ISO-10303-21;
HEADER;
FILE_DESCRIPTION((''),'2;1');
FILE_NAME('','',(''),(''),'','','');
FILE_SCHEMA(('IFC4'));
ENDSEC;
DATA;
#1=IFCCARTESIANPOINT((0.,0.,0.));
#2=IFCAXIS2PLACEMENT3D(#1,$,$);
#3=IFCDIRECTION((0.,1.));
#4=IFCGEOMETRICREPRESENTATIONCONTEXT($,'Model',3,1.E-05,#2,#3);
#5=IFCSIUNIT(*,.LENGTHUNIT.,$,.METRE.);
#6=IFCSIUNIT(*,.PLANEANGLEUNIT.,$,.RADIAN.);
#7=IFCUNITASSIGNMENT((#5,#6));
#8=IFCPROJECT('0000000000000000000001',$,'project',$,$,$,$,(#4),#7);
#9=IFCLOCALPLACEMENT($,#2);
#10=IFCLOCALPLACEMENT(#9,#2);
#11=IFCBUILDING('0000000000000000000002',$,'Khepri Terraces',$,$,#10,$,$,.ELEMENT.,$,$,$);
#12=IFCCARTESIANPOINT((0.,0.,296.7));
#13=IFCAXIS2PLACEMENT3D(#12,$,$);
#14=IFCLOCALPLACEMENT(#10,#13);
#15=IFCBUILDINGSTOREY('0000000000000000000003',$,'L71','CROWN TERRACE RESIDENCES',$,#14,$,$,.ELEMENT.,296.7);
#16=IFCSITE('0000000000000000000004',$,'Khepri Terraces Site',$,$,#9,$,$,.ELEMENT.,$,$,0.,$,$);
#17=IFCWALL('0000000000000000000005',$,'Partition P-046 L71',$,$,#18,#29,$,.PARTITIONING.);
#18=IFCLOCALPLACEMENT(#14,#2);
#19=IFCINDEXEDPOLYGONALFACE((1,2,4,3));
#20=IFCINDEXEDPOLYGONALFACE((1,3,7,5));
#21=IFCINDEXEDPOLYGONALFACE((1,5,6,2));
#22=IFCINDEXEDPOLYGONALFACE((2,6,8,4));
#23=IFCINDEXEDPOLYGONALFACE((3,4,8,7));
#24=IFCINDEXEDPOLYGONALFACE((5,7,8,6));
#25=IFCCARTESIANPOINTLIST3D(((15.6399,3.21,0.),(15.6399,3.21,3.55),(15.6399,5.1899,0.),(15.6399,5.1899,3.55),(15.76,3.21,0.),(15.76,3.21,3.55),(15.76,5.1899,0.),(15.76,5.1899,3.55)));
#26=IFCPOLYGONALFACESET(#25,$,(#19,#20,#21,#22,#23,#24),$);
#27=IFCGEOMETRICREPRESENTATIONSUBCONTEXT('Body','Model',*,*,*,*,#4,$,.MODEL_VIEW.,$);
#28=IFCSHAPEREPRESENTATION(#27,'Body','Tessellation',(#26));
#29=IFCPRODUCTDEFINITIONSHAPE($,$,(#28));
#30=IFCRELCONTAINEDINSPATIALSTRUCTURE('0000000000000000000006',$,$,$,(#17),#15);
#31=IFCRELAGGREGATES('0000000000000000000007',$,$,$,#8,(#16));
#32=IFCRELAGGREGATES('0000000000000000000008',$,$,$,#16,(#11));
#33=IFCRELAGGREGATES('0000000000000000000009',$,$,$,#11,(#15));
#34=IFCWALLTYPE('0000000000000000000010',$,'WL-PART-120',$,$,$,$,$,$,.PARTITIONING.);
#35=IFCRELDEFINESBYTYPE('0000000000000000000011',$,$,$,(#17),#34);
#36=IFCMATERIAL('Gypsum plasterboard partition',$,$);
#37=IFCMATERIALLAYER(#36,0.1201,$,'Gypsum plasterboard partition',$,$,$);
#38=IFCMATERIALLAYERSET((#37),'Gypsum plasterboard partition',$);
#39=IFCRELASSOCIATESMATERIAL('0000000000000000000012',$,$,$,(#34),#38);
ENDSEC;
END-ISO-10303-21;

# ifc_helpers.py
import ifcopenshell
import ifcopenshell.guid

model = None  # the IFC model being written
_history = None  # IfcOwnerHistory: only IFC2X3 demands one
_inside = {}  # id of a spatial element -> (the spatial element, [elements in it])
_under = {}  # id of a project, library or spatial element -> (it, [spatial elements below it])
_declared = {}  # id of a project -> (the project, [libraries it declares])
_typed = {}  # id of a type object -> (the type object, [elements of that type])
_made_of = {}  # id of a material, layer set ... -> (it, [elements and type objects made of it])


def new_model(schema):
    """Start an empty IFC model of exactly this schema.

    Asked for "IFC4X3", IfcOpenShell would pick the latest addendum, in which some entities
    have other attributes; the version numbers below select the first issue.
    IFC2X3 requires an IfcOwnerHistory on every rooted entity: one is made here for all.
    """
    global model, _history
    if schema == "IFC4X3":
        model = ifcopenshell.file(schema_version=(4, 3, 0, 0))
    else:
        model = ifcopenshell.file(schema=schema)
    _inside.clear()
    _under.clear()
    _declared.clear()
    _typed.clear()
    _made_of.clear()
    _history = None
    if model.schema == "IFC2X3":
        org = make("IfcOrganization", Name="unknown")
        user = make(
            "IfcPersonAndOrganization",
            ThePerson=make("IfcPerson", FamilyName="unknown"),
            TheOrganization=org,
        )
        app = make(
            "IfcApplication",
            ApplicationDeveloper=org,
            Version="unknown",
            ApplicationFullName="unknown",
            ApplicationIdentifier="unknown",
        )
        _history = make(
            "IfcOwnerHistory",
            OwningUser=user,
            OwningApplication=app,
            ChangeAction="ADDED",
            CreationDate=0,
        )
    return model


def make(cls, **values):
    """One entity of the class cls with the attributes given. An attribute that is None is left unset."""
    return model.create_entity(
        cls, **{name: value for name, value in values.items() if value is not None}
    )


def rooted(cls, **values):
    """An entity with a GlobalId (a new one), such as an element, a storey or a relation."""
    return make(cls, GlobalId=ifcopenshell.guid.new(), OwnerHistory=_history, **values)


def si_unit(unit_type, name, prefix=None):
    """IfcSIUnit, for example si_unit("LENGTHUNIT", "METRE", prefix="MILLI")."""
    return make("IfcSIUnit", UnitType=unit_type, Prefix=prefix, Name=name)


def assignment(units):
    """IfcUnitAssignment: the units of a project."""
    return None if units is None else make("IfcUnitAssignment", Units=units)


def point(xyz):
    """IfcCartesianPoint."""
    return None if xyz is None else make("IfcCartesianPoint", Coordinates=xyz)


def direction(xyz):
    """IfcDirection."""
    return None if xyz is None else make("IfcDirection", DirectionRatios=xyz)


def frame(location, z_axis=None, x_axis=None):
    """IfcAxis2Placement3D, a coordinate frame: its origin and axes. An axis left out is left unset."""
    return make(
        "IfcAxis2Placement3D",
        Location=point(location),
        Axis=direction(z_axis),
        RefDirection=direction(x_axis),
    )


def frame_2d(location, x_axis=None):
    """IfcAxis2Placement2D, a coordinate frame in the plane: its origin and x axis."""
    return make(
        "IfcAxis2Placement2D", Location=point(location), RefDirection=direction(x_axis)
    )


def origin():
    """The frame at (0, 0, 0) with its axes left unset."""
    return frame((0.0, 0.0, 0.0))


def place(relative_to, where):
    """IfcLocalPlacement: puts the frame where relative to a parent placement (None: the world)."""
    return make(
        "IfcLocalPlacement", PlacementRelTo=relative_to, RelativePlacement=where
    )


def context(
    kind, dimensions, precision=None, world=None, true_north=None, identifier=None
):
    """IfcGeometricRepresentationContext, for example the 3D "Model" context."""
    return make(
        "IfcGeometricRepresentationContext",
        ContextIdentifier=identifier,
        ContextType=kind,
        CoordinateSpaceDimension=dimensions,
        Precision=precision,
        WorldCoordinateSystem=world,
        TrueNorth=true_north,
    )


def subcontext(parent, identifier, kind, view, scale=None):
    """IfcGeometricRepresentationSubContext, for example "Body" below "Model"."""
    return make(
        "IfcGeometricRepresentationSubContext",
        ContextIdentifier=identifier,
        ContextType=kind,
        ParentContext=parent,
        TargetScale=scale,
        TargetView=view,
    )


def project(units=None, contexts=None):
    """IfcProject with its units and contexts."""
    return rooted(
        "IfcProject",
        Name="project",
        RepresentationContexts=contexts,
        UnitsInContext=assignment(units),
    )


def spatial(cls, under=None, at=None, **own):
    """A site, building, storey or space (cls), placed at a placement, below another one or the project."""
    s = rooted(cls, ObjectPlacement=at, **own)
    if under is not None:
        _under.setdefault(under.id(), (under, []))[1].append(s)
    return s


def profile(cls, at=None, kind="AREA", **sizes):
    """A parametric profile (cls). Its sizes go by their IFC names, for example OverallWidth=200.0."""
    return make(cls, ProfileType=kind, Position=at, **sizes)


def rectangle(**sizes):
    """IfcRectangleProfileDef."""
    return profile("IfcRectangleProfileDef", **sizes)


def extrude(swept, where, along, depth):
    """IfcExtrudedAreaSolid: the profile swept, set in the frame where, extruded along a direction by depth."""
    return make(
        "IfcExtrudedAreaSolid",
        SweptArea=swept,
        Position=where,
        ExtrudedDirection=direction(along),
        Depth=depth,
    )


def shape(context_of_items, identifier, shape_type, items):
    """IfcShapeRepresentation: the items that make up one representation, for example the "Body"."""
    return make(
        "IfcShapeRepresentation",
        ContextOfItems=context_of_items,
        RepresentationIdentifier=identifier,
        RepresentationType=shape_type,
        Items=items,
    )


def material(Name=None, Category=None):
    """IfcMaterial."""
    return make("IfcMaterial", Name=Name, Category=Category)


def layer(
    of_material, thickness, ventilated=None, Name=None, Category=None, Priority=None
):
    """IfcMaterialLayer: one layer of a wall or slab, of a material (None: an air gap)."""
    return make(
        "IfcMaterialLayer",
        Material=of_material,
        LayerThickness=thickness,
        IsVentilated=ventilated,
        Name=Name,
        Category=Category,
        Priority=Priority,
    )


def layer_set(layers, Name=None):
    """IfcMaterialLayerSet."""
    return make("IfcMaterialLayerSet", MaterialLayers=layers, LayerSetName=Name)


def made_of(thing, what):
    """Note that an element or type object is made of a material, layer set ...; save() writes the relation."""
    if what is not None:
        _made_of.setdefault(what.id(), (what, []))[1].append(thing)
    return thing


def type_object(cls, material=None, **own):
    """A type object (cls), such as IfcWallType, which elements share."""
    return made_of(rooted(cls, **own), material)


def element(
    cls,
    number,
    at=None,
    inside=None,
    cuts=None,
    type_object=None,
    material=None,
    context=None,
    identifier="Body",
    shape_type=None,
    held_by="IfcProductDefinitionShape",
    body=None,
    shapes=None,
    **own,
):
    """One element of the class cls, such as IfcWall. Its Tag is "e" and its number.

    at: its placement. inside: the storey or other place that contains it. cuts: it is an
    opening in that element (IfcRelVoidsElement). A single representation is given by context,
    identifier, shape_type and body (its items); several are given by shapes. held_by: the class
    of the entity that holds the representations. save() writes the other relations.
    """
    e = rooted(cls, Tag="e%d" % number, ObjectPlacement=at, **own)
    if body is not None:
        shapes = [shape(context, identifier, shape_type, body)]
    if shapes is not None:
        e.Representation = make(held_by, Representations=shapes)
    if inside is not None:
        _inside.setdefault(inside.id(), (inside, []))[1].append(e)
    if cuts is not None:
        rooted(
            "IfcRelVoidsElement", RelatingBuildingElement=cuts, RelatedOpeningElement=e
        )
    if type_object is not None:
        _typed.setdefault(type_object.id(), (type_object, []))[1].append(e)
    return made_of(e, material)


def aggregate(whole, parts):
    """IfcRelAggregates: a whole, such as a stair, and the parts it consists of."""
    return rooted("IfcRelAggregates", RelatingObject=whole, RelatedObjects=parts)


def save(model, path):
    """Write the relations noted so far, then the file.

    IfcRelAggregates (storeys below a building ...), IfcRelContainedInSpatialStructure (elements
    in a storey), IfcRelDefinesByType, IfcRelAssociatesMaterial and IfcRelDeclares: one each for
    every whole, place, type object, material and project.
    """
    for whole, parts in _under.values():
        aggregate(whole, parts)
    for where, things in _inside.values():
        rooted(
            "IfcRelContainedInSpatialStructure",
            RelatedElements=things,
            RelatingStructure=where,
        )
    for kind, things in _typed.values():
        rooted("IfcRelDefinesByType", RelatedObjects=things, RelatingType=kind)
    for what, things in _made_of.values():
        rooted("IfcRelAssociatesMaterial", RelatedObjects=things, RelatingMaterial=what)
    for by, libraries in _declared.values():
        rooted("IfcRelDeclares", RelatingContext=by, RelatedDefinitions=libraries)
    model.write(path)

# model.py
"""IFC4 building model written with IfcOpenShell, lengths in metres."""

from ifc_helpers import new_model, si_unit, direction, frame, frame_2d, origin, place, context, subcontext, project, spatial, rectangle, extrude, material, layer, layer_set, type_object, element, save


model = new_model("IFC4")

# Units and contexts
model_context = context("Model", 3, precision=1e-05, world=origin(), true_north=direction((0.0, 1.0)))
body_context = subcontext(model_context, "Body", "Model", "MODEL_VIEW")
ifc_project = project(units=[si_unit("LENGTHUNIT", "METRE"), si_unit("PLANEANGLEUNIT", "RADIAN")], contexts=[model_context])

# Site, building, storey
site_placement = place(None, origin())
site = spatial("IfcSite", under=ifc_project, at=site_placement, Name="Khepri Terraces Site", CompositionType="ELEMENT", RefElevation=0.0)
building_placement = place(site_placement, origin())
building = spatial("IfcBuilding", under=site, at=building_placement, Name="Khepri Terraces", CompositionType="ELEMENT")
storey_placement = place(building_placement, frame((0.0, 0.0, 296.7)))
storey = spatial("IfcBuildingStorey", under=building, at=storey_placement, Name="L71", Description="CROWN TERRACE RESIDENCES", CompositionType="ELEMENT", Elevation=296.7)

# Shared definitions
ifc_material_1 = material(Name="Gypsum plasterboard partition")
ifc_layer_1 = layer(ifc_material_1, 0.1201, Name="Gypsum plasterboard partition")
ifc_layer_set_1 = layer_set([ifc_layer_1], Name="Gypsum plasterboard partition")
wall_type = type_object("IfcWallType", Name="WL-PART-120", PredefinedType="PARTITIONING", material=ifc_layer_set_1)

# Wall
wall_1_placement = place(storey_placement, frame((15.7, 3.21, 0.0), z_axis=(0.0, 0.0, 1.0), x_axis=(0.0, 1.0, 0.0)))
element("IfcWall", 1, at=wall_1_placement, inside=storey, type_object=wall_type, Name="Partition P-046 L71", PredefinedType="PARTITIONING", context=body_context, shape_type="SweptSolid", body=[
    extrude(rectangle(XDim=1.98, YDim=0.1201, at=frame_2d((0.99, 0.0))), origin(), (0.0, 0.0, 1.0), 3.55),
])

save(model, "model.ifc")
